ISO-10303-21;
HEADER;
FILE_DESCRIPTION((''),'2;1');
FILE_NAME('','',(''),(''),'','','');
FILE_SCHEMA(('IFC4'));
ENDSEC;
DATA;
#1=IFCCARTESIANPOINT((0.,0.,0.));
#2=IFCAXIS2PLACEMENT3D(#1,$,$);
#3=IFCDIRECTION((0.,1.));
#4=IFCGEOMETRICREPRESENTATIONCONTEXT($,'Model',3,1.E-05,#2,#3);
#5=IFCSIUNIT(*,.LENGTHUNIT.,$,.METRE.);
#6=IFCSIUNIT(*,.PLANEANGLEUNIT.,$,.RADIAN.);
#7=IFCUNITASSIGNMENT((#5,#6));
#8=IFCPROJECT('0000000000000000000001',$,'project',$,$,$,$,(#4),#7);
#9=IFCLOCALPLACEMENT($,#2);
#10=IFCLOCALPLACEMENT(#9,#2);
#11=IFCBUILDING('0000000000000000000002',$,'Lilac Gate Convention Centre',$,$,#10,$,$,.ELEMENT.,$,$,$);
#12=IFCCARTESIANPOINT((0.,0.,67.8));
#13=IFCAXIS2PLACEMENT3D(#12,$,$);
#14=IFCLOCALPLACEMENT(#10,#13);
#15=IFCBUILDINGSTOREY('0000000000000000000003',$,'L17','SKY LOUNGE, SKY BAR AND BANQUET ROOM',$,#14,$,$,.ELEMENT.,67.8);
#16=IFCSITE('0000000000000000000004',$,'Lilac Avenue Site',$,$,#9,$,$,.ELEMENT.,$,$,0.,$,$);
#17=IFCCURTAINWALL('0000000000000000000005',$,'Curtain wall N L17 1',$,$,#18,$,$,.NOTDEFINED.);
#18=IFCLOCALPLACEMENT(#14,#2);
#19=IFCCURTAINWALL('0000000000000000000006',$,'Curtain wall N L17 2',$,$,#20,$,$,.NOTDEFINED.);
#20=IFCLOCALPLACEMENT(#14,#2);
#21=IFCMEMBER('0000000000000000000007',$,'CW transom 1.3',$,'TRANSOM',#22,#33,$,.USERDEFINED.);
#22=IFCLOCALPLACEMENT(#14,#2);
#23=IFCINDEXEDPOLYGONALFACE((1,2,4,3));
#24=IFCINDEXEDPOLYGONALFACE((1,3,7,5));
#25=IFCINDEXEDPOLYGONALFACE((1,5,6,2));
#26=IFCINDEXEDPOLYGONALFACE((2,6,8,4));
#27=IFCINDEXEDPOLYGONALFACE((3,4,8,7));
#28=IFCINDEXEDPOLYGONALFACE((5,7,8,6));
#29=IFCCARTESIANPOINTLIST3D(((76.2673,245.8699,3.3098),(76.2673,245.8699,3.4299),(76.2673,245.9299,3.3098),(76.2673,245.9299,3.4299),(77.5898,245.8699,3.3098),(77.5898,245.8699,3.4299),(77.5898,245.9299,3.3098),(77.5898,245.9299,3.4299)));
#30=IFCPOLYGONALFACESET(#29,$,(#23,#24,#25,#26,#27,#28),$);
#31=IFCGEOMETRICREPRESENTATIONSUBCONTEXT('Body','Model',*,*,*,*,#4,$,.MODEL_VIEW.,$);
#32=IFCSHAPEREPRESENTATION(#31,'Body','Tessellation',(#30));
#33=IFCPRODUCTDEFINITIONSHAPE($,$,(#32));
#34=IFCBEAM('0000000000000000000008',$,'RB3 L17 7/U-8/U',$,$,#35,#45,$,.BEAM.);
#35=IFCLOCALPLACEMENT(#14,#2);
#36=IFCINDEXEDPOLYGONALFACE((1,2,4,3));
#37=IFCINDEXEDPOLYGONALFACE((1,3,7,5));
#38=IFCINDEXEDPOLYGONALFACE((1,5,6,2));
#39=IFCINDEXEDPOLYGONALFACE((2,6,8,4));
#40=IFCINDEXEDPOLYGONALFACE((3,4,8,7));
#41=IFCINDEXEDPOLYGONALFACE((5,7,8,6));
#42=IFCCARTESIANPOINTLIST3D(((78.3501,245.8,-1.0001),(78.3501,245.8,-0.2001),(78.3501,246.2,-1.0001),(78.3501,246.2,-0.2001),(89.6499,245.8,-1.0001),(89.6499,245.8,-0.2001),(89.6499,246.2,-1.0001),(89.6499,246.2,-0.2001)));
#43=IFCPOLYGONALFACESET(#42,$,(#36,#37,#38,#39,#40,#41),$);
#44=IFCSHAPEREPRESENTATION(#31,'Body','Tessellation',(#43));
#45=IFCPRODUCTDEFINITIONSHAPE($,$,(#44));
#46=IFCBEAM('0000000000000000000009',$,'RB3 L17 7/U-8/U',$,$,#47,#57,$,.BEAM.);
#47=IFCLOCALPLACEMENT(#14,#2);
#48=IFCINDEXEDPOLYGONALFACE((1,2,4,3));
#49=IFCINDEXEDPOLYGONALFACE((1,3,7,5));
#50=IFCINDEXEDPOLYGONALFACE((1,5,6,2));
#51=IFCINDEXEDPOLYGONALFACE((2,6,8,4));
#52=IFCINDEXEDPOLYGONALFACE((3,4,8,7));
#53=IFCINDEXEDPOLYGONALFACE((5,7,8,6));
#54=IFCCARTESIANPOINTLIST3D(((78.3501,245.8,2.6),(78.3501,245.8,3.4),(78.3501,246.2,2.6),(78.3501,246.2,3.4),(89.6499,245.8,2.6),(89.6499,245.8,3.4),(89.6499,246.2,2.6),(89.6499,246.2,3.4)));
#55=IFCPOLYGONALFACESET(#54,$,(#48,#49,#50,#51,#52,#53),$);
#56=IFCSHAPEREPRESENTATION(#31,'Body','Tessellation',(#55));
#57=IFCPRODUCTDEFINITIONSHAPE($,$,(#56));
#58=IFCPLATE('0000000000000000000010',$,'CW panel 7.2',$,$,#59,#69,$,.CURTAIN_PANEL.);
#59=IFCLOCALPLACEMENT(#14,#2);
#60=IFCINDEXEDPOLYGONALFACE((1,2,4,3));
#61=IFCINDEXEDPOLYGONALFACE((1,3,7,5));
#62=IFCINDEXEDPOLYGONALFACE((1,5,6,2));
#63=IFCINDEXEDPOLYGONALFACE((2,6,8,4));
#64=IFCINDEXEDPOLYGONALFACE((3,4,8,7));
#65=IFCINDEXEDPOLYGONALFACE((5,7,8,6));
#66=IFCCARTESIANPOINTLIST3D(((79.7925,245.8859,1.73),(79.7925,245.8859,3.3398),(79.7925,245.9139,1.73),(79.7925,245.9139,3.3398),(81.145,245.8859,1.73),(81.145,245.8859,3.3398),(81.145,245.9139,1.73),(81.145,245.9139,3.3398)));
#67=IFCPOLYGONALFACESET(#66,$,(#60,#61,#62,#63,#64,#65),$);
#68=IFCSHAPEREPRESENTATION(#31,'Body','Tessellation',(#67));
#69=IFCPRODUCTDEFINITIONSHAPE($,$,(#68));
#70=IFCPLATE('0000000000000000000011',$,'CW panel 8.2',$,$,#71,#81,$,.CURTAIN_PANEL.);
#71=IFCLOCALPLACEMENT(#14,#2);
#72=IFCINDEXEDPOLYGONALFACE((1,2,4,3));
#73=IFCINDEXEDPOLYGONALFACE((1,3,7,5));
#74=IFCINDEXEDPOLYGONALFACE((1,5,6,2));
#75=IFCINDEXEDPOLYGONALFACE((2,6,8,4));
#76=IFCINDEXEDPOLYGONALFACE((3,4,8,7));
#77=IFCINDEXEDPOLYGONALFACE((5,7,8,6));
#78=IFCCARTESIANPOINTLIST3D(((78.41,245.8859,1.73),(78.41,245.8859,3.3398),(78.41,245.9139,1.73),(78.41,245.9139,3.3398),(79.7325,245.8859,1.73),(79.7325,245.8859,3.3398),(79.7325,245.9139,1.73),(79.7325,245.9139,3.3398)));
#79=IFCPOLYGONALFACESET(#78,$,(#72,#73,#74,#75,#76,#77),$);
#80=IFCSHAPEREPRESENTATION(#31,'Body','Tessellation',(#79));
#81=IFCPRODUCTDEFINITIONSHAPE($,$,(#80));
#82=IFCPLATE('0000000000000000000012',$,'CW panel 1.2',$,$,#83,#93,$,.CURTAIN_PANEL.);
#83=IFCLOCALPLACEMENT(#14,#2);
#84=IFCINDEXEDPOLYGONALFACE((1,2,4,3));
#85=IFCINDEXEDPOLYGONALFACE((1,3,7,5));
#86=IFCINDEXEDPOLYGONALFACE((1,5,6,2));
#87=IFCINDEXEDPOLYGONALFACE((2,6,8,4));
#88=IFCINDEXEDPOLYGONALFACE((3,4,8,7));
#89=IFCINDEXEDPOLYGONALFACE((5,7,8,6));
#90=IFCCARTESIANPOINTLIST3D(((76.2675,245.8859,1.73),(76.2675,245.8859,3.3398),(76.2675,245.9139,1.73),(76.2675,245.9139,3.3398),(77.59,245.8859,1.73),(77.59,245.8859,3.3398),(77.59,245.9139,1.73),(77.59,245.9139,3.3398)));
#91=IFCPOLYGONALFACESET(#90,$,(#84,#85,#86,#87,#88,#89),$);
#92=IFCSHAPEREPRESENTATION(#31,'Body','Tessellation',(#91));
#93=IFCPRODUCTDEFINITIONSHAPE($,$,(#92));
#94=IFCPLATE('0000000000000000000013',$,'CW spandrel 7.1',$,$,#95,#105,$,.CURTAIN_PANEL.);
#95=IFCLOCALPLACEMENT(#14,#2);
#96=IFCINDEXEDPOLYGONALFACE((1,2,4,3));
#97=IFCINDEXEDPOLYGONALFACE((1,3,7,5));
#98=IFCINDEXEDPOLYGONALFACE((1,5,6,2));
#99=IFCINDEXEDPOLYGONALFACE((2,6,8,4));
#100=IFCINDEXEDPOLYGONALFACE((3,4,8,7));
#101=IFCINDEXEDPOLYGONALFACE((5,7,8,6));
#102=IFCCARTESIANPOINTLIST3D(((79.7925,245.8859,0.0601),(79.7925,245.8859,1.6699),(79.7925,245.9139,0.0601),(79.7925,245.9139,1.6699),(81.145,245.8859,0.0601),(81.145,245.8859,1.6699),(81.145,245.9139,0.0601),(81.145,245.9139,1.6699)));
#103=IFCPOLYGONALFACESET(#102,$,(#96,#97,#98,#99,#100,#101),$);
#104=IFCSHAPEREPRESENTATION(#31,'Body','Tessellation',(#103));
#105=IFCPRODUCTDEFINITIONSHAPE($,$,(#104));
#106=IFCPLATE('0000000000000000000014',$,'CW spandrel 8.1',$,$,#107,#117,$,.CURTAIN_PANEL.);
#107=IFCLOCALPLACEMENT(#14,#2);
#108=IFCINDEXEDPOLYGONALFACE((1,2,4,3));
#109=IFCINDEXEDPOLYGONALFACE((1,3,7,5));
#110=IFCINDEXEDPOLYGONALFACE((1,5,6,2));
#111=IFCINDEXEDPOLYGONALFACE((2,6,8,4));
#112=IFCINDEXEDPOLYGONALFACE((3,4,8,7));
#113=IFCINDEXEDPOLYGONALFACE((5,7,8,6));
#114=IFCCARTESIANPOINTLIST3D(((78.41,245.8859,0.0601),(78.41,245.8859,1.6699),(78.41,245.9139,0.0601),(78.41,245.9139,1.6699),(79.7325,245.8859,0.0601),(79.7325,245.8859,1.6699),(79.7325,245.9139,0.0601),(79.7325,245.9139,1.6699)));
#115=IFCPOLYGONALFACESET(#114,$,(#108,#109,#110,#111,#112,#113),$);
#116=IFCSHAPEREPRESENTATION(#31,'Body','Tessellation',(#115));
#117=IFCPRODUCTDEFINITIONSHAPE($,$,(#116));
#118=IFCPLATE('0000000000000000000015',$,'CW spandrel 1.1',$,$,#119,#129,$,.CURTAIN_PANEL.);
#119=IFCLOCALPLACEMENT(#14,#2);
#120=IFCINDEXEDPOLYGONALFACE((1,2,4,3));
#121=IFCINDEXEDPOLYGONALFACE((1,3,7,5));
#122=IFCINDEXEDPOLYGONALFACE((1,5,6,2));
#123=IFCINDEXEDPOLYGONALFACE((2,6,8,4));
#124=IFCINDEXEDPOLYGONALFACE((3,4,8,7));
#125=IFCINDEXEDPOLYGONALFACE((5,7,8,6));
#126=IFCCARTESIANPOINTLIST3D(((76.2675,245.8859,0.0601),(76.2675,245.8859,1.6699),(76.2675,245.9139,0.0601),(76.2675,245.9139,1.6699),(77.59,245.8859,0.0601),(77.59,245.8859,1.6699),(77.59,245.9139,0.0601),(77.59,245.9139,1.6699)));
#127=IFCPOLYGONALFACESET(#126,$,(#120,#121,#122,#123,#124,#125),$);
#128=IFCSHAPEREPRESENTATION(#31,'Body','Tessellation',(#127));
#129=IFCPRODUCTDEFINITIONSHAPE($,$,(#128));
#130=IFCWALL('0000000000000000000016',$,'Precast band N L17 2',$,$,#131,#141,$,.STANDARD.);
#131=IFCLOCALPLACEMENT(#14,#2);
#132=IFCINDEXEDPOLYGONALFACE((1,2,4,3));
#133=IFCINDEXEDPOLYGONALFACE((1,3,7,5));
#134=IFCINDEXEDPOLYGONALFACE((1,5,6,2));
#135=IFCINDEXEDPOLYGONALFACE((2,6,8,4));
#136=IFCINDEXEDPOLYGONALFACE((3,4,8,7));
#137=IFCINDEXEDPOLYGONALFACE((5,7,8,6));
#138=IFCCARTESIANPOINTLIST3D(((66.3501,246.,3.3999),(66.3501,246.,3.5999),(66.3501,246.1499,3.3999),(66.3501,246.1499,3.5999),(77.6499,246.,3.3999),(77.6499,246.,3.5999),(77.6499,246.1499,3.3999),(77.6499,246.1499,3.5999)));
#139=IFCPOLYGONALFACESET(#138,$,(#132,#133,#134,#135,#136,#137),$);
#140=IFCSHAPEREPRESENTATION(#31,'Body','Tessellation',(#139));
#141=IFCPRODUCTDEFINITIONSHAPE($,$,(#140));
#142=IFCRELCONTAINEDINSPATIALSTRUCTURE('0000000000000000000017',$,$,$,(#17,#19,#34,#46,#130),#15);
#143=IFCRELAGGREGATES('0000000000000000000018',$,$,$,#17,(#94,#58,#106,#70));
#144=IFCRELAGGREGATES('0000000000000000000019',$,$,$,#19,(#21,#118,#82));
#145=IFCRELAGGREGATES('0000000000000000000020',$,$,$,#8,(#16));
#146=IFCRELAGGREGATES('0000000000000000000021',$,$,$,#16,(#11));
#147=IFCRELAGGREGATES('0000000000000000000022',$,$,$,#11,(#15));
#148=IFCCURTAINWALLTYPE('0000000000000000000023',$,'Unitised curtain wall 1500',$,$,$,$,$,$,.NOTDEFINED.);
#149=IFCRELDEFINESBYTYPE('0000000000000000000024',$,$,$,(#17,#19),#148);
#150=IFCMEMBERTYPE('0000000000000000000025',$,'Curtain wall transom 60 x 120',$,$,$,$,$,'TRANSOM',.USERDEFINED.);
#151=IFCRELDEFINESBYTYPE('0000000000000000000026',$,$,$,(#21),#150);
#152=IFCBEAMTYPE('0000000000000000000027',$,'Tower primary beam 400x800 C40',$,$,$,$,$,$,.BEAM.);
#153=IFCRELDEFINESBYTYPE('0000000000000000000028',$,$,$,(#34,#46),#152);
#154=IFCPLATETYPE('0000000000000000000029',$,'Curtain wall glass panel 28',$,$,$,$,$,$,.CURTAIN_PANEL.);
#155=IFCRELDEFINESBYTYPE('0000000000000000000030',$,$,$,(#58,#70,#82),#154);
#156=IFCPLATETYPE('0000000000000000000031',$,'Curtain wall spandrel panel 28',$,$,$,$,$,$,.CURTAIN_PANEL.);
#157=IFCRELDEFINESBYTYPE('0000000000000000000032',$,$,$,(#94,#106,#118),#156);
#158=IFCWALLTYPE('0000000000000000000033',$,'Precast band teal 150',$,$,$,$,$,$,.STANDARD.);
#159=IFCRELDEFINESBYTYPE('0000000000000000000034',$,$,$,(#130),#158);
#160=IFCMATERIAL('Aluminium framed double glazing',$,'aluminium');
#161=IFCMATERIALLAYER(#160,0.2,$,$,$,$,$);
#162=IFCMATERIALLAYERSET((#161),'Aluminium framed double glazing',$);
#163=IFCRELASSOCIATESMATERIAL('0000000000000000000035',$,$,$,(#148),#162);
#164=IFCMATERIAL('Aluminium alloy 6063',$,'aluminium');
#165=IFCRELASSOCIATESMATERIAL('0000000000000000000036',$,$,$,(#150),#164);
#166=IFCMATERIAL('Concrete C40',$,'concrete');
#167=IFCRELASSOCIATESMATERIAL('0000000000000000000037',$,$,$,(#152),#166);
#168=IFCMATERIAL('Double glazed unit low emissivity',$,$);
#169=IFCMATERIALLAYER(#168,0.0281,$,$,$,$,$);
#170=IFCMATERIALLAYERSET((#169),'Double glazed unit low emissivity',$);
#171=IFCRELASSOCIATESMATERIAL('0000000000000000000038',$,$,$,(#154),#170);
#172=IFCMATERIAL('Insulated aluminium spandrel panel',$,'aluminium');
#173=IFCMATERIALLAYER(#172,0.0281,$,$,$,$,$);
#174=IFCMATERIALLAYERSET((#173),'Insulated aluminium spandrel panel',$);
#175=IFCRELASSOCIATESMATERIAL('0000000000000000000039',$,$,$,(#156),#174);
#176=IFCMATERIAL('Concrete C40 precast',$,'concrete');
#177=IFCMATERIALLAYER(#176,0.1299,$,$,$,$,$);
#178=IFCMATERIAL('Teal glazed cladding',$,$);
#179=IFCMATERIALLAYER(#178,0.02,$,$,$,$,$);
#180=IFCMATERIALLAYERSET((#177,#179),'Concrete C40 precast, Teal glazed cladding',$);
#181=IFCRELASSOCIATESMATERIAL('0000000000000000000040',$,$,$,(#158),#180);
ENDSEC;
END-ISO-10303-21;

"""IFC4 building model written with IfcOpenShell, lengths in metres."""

from ifc_helpers import new_model, si_unit, direction, frame, frame_2d, origin, origin_2d, place, context, subcontext, project, spatial, rectangle, extrude, material, layer, layer_set, material_profile, profile_set, type_object, element, aggregate, save


model = new_model("IFC4")

# Units and contexts
model_context = context("Model", 3, precision=1e-05, world=origin(), true_north=direction((0.0, 1.0)))
body_context = subcontext(model_context, "Body", "Model", "MODEL_VIEW")
ifc_project = project(units=[si_unit("LENGTHUNIT", "METRE"), si_unit("PLANEANGLEUNIT", "RADIAN")], contexts=[model_context])

# Site, building, storey
site_placement = place(None, origin())
site = spatial("IfcSite", under=ifc_project, at=site_placement, Name="Lilac Avenue Site", CompositionType="ELEMENT", RefElevation=0.0)
building_placement = place(site_placement, origin())
building = spatial("IfcBuilding", under=site, at=building_placement, Name="Lilac Gate Convention Centre", CompositionType="ELEMENT")
storey_placement = place(building_placement, frame((0.0, 0.0, 67.8)))
storey = spatial("IfcBuildingStorey", under=building, at=storey_placement, Name="L17", Description="SKY LOUNGE, SKY BAR AND BANQUET ROOM", CompositionType="ELEMENT", Elevation=67.8)

# Shared definitions
ifc_material_1 = material(Name="Concrete C40", Category="concrete")

# Curtain walls
ifc_material_2 = material(Name="Aluminium framed double glazing", Category="aluminium")
ifc_layer_1 = layer(ifc_material_2, 0.2)
ifc_layer_set_1 = layer_set([ifc_layer_1], Name="Aluminium framed double glazing")
curtain_wall_type = type_object("IfcCurtainWallType", Name="Unitised curtain wall 1500", PredefinedType="NOTDEFINED", material=ifc_layer_set_1)
curtain_wall_1_placement = place(storey_placement, origin())
curtain_wall_1 = element("IfcCurtainWall", 1, at=curtain_wall_1_placement, inside=storey, type_object=curtain_wall_type, Name="Curtain wall N L17 1", PredefinedType="NOTDEFINED")
ifc_material_3 = material(Name="Aluminium alloy 6063", Category="aluminium")
curtain_wall_2_placement = place(storey_placement, origin())
curtain_wall_2 = element("IfcCurtainWall", 2, at=curtain_wall_2_placement, inside=storey, type_object=curtain_wall_type, Name="Curtain wall N L17 2", PredefinedType="NOTDEFINED")

# Member
ifc_material_profile_1 = material_profile(ifc_material_3, rectangle(XDim=0.0601, YDim=0.1201, at=origin_2d()), Name="Curtain wall transom 60 x 120")
ifc_profile_set_1 = profile_set([ifc_material_profile_1], Name="Aluminium alloy 6063")
member_type_1 = type_object("IfcMemberType", Name="Curtain wall transom 60 x 120", ElementType="TRANSOM", PredefinedType="USERDEFINED", material=ifc_profile_set_1)
member_1_placement = place(storey_placement, frame((77.5898, 245.8999, 3.3699), z_axis=(-1.0, 0.0, 0.0), x_axis=(0.0, -1.0, 0.0)))
member_1 = element("IfcMember", 3, at=member_1_placement, type_object=member_type_1, Name="CW transom 1.3", ObjectType="TRANSOM", PredefinedType="USERDEFINED", context=body_context, shape_type="SweptSolid", body=[
    extrude(rectangle(XDim=0.0601, YDim=0.1201, at=origin_2d()), origin(), (0.0, 0.0, 1.0), 1.3225),
])

# Beams
ifc_material_profile_2 = material_profile(ifc_material_1, rectangle(XDim=0.3999, YDim=0.8, at=origin_2d()), Name="RC 400x800")
ifc_profile_set_2 = profile_set([ifc_material_profile_2], Name="Concrete C40")
beam_type = type_object("IfcBeamType", Name="Tower primary beam 400x800 C40", PredefinedType="BEAM", material=ifc_profile_set_2)
for number, where, z_axis, x_axis, name in (
    (4, (78.3501, 246.0, -0.6001), (1.0, 0.0, 0.0), (0.0, 1.0, 0.0), "RB3 L17 7/U-8/U"),
    (5, (78.3501, 246.0, 3.0), (1.0, 0.0, 0.0), (0.0, 1.0, 0.0), "RB3 L17 7/U-8/U"),
):
    element("IfcBeam", number, at=place(storey_placement, frame(where, z_axis=z_axis, x_axis=x_axis)), inside=storey, type_object=beam_type, Name=name, PredefinedType="BEAM", context=body_context, shape_type="SweptSolid", body=[
        extrude(rectangle(XDim=0.3999, YDim=0.8, at=origin_2d()), origin(), (0.0, 0.0, 1.0), 11.2998),
    ])

# Plates
ifc_material_4 = material(Name="Double glazed unit low emissivity")
ifc_layer_2 = layer(ifc_material_4, 0.0281)
ifc_layer_set_2 = layer_set([ifc_layer_2], Name="Double glazed unit low emissivity")
plate_type_1 = type_object("IfcPlateType", Name="Curtain wall glass panel 28", PredefinedType="CURTAIN_PANEL", material=ifc_layer_set_2)
plate_1_placement = place(storey_placement, frame((80.4688, 245.8999, 1.73), z_axis=(0.0, 0.0, 1.0), x_axis=(-1.0, 0.0, 0.0)))
plate_1 = element("IfcPlate", 6, at=plate_1_placement, type_object=plate_type_1, Name="CW panel 7.2", PredefinedType="CURTAIN_PANEL", context=body_context, shape_type="SweptSolid", body=[
    extrude(rectangle(XDim=1.3525, YDim=0.0281, at=origin_2d()), origin(), (0.0, 0.0, 1.0), 1.6099),
])
plate_2_placement = place(storey_placement, frame((79.0713, 245.8999, 1.73), z_axis=(0.0, 0.0, 1.0), x_axis=(-1.0, 0.0, 0.0)))
plate_2 = element("IfcPlate", 7, at=plate_2_placement, type_object=plate_type_1, Name="CW panel 8.2", PredefinedType="CURTAIN_PANEL", context=body_context, shape_type="SweptSolid", body=[
    extrude(rectangle(XDim=1.3225, YDim=0.0281, at=origin_2d()), origin(), (0.0, 0.0, 1.0), 1.6099),
])
plate_3_placement = place(storey_placement, frame((76.9287, 245.8999, 1.73), z_axis=(0.0, 0.0, 1.0), x_axis=(-1.0, 0.0, 0.0)))
plate_3 = element("IfcPlate", 8, at=plate_3_placement, type_object=plate_type_1, Name="CW panel 1.2", PredefinedType="CURTAIN_PANEL", context=body_context, shape_type="SweptSolid", body=[
    extrude(rectangle(XDim=1.3225, YDim=0.0281, at=origin_2d()), origin(), (0.0, 0.0, 1.0), 1.6099),
])
ifc_material_5 = material(Name="Insulated aluminium spandrel panel", Category="aluminium")
ifc_layer_3 = layer(ifc_material_5, 0.0281)
ifc_layer_set_3 = layer_set([ifc_layer_3], Name="Insulated aluminium spandrel panel")
plate_type_2 = type_object("IfcPlateType", Name="Curtain wall spandrel panel 28", PredefinedType="CURTAIN_PANEL", material=ifc_layer_set_3)
plate_4_placement = place(storey_placement, frame((80.4688, 245.8999, 0.0601), z_axis=(0.0, 0.0, 1.0), x_axis=(-1.0, 0.0, 0.0)))
plate_4 = element("IfcPlate", 9, at=plate_4_placement, type_object=plate_type_2, Name="CW spandrel 7.1", PredefinedType="CURTAIN_PANEL", context=body_context, shape_type="SweptSolid", body=[
    extrude(rectangle(XDim=1.3525, YDim=0.0281, at=origin_2d()), origin(), (0.0, 0.0, 1.0), 1.6099),
])
plate_5_placement = place(storey_placement, frame((79.0713, 245.8999, 0.0601), z_axis=(0.0, 0.0, 1.0), x_axis=(-1.0, 0.0, 0.0)))
plate_5 = element("IfcPlate", 10, at=plate_5_placement, type_object=plate_type_2, Name="CW spandrel 8.1", PredefinedType="CURTAIN_PANEL", context=body_context, shape_type="SweptSolid", body=[
    extrude(rectangle(XDim=1.3225, YDim=0.0281, at=origin_2d()), origin(), (0.0, 0.0, 1.0), 1.6099),
])
aggregate(curtain_wall_1, [plate_4, plate_1, plate_5, plate_2])
plate_6_placement = place(storey_placement, frame((76.9287, 245.8999, 0.0601), z_axis=(0.0, 0.0, 1.0), x_axis=(-1.0, 0.0, 0.0)))
plate_6 = element("IfcPlate", 11, at=plate_6_placement, type_object=plate_type_2, Name="CW spandrel 1.1", PredefinedType="CURTAIN_PANEL", context=body_context, shape_type="SweptSolid", body=[
    extrude(rectangle(XDim=1.3225, YDim=0.0281, at=origin_2d()), origin(), (0.0, 0.0, 1.0), 1.6099),
])
aggregate(curtain_wall_2, [member_1, plate_6, plate_3])

# Wall
ifc_material_6 = material(Name="Concrete C40 precast", Category="concrete")
ifc_layer_4 = layer(ifc_material_6, 0.1299)
ifc_material_7 = material(Name="Teal glazed cladding")
ifc_layer_5 = layer(ifc_material_7, 0.02)
ifc_layer_set_4 = layer_set([ifc_layer_4, ifc_layer_5], Name="Concrete C40 precast, Teal glazed cladding")
wall_type = type_object("IfcWallType", Name="Precast band teal 150", PredefinedType="STANDARD", material=ifc_layer_set_4)
wall_placement = place(storey_placement, frame((77.6499, 246.075, 3.3999), z_axis=(0.0, 0.0, 1.0), x_axis=(-1.0, 0.0, 0.0)))
element("IfcWall", 12, at=wall_placement, inside=storey, type_object=wall_type, Name="Precast band N L17 2", PredefinedType="STANDARD", context=body_context, shape_type="SweptSolid", body=[
    extrude(rectangle(XDim=11.2998, YDim=0.1499, at=frame_2d((5.6499, 0.0))), origin(), (0.0, 0.0, 1.0), 0.2),
])

save(model, "model.ifc")
